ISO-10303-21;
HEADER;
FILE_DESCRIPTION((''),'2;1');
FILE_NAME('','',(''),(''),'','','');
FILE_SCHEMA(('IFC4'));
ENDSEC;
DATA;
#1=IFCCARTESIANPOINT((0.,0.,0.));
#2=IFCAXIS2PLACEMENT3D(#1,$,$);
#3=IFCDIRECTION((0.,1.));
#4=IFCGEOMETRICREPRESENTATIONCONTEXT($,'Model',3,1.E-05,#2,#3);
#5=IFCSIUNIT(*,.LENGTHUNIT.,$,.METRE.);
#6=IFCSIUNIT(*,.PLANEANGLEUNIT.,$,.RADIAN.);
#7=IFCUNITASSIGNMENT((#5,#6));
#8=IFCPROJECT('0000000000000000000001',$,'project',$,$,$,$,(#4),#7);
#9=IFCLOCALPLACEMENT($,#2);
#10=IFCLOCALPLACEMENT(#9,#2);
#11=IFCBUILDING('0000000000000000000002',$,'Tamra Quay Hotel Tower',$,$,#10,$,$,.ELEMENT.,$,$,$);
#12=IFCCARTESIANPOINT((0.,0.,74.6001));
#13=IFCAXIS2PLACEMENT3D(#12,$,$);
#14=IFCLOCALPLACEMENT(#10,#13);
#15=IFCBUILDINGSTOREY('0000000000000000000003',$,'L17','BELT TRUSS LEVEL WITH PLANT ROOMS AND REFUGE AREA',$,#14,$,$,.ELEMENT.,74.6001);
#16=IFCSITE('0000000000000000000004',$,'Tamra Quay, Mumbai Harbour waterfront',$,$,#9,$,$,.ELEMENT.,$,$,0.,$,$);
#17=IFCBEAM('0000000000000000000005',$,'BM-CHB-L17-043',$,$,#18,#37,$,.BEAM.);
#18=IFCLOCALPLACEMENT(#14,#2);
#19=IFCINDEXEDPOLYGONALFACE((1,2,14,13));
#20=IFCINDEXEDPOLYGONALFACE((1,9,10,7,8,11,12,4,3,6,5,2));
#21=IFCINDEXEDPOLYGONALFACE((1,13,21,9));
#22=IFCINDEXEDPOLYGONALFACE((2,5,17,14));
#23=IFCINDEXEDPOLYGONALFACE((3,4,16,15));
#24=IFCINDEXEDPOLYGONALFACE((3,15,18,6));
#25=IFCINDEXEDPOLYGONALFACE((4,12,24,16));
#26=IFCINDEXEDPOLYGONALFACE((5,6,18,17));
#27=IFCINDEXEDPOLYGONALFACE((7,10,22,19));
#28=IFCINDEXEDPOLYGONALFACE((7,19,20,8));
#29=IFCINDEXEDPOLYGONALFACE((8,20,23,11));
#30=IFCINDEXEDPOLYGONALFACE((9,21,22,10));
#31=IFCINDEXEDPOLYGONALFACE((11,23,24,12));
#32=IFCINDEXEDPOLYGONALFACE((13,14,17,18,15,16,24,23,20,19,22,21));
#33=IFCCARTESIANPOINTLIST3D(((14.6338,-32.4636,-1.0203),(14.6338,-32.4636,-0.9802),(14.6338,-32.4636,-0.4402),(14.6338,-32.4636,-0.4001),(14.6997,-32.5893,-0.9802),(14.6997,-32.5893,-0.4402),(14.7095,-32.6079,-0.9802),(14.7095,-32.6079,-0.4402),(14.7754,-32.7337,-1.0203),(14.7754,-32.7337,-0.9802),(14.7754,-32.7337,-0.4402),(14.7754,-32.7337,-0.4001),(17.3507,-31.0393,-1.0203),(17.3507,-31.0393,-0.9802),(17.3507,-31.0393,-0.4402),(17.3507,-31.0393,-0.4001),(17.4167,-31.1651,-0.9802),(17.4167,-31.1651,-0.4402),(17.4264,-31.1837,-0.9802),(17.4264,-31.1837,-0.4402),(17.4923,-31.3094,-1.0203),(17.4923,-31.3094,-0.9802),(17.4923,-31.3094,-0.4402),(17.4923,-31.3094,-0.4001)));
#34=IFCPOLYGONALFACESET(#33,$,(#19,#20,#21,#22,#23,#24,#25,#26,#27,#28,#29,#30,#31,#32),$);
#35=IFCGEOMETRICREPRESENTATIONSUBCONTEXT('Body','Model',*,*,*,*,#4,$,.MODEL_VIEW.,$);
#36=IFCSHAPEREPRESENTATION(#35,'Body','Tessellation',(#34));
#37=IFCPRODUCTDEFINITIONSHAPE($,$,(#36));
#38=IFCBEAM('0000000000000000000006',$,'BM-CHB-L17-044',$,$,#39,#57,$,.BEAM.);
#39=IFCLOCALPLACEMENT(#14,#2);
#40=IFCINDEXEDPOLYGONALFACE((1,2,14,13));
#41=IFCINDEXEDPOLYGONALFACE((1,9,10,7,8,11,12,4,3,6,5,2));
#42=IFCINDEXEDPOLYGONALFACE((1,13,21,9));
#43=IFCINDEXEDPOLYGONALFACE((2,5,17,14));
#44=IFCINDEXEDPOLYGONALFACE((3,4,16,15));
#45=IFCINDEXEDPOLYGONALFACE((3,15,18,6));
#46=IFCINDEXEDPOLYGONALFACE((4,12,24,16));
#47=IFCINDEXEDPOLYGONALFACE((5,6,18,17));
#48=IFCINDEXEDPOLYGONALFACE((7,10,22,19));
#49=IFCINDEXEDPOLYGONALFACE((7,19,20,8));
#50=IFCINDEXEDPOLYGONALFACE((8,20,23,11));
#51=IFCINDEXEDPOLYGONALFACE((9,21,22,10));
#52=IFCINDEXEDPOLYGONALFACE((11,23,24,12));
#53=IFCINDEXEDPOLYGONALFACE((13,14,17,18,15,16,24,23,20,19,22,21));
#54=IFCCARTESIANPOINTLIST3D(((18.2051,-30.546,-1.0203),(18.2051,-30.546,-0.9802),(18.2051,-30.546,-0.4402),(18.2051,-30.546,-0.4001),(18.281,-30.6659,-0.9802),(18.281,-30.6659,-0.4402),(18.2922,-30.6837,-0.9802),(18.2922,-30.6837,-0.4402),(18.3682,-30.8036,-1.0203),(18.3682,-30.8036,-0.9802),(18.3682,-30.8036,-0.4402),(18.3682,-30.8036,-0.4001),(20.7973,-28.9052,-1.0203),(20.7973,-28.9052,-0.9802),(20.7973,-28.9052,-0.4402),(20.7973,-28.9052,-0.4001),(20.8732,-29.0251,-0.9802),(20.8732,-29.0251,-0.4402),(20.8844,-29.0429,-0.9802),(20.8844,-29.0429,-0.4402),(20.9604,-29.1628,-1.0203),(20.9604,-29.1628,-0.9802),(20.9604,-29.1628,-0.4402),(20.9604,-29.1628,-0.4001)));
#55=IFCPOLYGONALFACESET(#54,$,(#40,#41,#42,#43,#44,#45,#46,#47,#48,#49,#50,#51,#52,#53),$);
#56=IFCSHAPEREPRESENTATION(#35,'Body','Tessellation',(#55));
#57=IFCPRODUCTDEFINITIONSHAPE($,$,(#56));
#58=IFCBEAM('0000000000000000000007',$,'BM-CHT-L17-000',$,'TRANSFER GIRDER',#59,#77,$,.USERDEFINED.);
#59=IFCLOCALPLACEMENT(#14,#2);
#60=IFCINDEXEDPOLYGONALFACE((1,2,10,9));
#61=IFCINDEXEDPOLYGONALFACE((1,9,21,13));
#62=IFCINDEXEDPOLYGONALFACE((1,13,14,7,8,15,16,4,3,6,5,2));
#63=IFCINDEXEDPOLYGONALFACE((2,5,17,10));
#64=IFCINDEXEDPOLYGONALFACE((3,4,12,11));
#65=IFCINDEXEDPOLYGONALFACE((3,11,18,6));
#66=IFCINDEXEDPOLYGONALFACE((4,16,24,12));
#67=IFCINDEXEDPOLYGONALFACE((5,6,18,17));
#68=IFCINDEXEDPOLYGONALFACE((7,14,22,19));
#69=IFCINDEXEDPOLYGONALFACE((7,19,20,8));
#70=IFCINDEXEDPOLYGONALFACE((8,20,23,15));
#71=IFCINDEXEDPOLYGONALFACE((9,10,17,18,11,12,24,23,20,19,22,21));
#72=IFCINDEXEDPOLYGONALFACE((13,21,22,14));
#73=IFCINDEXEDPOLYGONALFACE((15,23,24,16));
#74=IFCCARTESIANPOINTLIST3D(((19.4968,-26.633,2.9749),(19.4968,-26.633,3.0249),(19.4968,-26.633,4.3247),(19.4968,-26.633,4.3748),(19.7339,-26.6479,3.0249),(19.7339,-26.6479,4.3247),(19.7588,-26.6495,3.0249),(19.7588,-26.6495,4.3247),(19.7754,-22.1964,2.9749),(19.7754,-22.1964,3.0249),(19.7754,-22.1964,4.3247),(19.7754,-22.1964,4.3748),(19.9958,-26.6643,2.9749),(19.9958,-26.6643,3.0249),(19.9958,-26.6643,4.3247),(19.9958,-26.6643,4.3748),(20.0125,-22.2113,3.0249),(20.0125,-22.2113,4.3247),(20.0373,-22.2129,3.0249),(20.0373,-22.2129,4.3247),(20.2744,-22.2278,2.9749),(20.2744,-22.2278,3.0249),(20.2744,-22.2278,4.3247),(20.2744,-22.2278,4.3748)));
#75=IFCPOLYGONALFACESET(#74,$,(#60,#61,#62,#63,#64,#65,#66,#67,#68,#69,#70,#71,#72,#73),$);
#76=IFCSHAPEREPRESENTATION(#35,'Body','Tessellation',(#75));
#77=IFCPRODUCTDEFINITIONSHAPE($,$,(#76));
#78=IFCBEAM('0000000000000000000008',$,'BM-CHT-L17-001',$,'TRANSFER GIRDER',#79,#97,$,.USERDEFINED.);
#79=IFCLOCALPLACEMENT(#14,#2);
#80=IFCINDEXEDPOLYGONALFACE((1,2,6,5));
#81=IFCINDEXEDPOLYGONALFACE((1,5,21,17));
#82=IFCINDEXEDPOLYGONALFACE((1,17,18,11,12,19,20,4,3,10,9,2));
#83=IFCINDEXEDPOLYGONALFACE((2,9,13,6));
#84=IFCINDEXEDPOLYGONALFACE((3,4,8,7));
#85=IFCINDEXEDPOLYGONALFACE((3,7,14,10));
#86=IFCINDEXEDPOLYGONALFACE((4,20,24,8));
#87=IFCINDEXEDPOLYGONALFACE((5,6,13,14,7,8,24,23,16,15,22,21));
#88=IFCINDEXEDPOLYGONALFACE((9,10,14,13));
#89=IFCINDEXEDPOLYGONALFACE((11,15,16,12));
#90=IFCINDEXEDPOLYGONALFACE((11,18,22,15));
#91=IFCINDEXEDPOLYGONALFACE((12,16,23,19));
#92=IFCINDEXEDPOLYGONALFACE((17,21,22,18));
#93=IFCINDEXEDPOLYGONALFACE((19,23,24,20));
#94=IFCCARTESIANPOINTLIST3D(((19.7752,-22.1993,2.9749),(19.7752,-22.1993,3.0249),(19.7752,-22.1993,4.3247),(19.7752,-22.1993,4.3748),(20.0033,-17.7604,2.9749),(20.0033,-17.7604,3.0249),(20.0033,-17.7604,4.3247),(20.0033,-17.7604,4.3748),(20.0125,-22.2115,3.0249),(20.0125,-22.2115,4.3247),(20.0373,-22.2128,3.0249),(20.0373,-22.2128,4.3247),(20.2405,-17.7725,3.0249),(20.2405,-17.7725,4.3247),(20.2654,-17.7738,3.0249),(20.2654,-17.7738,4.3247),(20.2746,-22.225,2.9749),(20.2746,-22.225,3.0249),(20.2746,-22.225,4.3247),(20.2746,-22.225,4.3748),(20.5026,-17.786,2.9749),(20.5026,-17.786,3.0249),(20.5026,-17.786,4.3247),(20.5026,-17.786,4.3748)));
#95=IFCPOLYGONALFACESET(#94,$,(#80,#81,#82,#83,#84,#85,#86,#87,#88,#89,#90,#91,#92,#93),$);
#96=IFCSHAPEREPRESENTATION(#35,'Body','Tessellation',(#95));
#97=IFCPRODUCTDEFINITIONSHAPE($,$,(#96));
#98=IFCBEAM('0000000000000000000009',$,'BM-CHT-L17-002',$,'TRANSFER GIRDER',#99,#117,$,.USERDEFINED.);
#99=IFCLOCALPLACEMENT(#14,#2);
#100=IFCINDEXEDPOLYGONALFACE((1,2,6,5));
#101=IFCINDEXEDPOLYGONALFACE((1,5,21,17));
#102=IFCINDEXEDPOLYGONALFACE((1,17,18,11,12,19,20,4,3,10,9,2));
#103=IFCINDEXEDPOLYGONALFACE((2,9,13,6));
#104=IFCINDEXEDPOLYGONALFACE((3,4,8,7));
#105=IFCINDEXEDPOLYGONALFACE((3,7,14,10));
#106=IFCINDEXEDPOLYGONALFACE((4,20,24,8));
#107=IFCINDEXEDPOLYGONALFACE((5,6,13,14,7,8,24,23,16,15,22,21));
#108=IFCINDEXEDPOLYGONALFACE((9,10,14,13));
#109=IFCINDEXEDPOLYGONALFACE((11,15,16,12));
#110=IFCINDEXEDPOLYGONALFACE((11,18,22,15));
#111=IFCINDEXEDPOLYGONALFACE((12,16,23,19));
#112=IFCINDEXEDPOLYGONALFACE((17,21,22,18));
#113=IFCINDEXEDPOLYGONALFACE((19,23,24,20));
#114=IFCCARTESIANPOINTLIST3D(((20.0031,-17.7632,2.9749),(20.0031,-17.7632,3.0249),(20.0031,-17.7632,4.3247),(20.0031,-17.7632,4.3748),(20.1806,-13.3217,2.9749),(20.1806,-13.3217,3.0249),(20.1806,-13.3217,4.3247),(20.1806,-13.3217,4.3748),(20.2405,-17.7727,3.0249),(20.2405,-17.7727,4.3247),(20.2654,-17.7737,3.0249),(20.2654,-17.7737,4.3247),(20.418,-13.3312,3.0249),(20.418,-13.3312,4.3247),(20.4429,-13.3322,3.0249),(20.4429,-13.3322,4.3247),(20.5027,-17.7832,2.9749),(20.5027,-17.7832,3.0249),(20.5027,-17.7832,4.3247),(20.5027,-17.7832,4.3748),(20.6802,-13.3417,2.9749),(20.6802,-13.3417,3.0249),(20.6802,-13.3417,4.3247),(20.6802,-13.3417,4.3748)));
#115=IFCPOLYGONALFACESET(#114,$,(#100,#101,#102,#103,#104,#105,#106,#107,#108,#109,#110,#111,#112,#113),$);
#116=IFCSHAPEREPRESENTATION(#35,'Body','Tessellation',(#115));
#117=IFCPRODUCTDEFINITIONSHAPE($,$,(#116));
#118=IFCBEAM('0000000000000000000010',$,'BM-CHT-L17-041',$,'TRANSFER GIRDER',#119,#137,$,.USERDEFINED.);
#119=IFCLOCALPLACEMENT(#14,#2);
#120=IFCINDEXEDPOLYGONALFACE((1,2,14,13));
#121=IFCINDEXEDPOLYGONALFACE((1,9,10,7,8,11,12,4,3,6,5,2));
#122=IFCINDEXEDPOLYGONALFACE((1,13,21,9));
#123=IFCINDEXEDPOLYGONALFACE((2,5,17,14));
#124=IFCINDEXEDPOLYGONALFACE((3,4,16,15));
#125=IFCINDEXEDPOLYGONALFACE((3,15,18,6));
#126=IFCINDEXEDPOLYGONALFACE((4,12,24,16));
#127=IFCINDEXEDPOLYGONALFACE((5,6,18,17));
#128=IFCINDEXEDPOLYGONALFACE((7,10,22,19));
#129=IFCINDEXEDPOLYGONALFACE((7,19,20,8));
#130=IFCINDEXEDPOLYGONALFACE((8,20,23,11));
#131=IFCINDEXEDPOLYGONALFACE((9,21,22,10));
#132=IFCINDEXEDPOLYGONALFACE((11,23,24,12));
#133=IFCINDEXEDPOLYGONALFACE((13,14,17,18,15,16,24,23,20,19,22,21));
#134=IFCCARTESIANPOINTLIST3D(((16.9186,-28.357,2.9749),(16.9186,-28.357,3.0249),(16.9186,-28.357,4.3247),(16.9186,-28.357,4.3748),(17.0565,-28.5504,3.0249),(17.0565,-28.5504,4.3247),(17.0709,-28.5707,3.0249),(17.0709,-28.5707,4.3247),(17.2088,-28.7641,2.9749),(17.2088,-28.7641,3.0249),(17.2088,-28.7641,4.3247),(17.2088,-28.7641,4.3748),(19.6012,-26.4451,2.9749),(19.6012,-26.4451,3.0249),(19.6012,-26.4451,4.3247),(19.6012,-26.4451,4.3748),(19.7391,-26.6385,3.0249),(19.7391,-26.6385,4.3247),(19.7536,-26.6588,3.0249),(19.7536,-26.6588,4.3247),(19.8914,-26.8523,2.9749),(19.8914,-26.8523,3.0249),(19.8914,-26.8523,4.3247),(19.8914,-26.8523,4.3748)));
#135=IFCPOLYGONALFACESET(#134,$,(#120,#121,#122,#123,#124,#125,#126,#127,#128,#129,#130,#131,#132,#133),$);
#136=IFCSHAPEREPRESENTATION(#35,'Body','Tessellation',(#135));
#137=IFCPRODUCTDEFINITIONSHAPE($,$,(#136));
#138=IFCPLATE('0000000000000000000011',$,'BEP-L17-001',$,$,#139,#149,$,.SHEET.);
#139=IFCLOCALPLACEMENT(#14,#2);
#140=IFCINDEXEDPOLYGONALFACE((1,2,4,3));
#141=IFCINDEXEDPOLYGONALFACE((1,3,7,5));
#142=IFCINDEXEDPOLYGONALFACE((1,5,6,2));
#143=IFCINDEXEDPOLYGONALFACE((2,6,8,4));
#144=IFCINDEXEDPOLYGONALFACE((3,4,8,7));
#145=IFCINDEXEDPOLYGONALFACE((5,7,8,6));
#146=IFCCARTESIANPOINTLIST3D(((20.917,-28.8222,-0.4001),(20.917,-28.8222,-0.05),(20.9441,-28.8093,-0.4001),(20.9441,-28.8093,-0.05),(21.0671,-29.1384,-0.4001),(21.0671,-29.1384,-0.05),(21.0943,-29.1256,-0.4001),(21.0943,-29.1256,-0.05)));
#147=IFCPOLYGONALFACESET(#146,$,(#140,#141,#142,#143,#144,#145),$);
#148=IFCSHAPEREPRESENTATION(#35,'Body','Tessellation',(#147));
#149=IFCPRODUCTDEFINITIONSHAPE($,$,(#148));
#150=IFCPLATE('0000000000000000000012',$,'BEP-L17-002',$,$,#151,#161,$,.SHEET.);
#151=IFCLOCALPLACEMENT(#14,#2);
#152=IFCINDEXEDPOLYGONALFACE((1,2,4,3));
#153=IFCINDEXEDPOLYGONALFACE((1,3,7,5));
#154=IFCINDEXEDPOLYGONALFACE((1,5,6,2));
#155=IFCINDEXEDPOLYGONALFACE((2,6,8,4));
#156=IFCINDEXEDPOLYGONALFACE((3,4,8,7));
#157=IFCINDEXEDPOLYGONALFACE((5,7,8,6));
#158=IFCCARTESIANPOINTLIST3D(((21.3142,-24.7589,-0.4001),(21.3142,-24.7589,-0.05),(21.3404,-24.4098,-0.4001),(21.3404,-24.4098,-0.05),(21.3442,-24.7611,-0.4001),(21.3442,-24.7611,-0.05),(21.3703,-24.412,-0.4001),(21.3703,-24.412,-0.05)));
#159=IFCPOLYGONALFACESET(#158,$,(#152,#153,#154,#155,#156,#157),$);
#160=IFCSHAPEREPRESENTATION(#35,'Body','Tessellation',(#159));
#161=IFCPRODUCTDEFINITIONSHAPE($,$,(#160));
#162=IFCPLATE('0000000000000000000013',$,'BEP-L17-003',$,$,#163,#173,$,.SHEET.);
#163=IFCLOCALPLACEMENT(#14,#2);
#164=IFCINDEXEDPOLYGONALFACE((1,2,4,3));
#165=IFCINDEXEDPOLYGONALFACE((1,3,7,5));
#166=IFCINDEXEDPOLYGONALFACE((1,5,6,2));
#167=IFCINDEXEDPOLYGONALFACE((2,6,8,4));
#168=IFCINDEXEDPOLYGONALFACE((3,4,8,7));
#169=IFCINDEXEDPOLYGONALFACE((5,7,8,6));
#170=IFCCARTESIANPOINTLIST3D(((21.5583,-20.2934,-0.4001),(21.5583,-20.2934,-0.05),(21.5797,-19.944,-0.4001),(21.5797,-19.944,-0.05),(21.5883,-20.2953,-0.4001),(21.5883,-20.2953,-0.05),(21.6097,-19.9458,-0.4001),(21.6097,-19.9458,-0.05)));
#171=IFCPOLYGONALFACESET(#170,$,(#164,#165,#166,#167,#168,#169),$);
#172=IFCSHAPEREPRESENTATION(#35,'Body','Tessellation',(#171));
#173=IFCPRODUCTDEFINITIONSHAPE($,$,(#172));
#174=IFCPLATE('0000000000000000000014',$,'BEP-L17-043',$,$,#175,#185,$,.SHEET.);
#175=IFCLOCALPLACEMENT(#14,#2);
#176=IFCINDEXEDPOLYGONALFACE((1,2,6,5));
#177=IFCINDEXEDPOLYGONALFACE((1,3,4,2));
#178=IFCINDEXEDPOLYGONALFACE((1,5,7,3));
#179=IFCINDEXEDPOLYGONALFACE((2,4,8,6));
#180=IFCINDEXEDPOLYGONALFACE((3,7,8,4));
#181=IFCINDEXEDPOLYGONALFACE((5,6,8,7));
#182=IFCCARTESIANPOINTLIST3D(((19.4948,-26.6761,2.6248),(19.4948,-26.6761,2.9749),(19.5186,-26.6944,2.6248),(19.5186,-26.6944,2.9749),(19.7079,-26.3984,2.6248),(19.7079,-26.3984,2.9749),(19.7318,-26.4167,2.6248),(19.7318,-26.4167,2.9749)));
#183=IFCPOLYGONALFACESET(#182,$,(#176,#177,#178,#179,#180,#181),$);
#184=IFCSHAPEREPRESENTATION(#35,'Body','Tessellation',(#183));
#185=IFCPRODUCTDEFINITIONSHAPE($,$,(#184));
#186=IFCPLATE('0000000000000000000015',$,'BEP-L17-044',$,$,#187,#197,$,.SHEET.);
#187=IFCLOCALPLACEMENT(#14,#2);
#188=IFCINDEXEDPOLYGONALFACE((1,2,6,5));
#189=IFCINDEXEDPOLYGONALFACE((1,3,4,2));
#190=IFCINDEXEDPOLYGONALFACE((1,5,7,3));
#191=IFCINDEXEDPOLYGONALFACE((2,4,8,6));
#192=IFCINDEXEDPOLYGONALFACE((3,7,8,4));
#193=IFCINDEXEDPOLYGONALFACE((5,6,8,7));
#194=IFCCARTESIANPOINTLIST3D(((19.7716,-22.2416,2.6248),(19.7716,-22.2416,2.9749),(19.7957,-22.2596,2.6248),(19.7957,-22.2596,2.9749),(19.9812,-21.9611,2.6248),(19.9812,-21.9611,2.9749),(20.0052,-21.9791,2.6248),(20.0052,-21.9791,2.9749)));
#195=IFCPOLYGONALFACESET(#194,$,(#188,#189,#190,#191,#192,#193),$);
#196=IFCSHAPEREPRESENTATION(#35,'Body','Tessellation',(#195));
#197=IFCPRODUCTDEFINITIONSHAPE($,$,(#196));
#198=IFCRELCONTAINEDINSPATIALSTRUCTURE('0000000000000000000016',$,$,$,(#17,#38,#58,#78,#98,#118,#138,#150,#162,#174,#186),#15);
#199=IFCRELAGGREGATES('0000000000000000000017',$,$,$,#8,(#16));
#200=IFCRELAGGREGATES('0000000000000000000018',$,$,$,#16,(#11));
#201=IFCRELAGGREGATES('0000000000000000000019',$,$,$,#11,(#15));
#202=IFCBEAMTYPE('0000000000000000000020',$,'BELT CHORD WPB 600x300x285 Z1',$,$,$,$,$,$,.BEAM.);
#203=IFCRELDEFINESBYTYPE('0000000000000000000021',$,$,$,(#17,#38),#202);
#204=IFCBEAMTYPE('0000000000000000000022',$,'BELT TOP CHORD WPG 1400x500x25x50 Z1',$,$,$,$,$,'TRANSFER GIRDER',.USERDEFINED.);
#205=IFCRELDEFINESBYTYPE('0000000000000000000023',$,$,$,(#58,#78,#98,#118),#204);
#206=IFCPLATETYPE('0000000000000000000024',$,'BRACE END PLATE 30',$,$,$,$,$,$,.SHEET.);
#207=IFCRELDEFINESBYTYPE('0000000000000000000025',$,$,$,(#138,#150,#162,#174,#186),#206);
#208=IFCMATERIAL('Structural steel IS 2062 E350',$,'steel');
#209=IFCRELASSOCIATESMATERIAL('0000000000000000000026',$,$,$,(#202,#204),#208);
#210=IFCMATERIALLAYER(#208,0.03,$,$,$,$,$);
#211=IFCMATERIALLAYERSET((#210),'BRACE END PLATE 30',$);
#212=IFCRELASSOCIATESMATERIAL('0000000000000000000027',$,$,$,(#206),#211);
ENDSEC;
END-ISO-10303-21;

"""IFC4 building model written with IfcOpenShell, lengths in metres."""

from ifc_helpers import new_model, si_unit, direction, frame, origin, origin_2d, place, context, subcontext, project, spatial, rectangle, i_section, extrude, material, layer, layer_set, material_profile, profile_set, type_object, element, save


model = new_model("IFC4")

# Units and contexts
model_context = context("Model", 3, precision=1e-05, world=origin(), true_north=direction((0.0, 1.0)))
body_context = subcontext(model_context, "Body", "Model", "MODEL_VIEW")
ifc_project = project(units=[si_unit("LENGTHUNIT", "METRE"), si_unit("PLANEANGLEUNIT", "RADIAN")], contexts=[model_context])

# Site, building, storey
site_placement = place(None, origin())
site = spatial("IfcSite", under=ifc_project, at=site_placement, Name="Tamra Quay, Mumbai Harbour waterfront", CompositionType="ELEMENT", RefElevation=0.0)
building_placement = place(site_placement, origin())
building = spatial("IfcBuilding", under=site, at=building_placement, Name="Tamra Quay Hotel Tower", CompositionType="ELEMENT")
storey_placement = place(building_placement, frame((0.0, 0.0, 74.6001)))
storey = spatial("IfcBuildingStorey", under=building, at=storey_placement, Name="L17", Description="BELT TRUSS LEVEL WITH PLANT ROOMS AND REFUGE AREA", CompositionType="ELEMENT", Elevation=74.6001)

# Shared definitions
ifc_material_1 = material(Name="Structural steel IS 2062 E350", Category="steel")

# Beams
ifc_material_profile_1 = material_profile(ifc_material_1, i_section(OverallWidth=0.3049, OverallDepth=0.6201, WebThickness=0.021, FlangeThickness=0.04, at=origin_2d()), Name="WPB 600x300x285")
ifc_profile_set_1 = profile_set([ifc_material_profile_1], Name="Structural steel IS 2062 E350")
beam_type_1 = type_object("IfcBeamType", Name="BELT CHORD WPB 600x300x285 Z1", PredefinedType="BEAM", material=ifc_profile_set_1)
beam_1_placement = place(storey_placement, frame((14.7046, -32.5986, -0.7102), z_axis=(0.885684, 0.464289, 0.0), x_axis=(-0.464289, 0.885684, 0.0)))
element("IfcBeam", 1, at=beam_1_placement, inside=storey, type_object=beam_type_1, Name="BM-CHB-L17-043", PredefinedType="BEAM", context=body_context, shape_type="SweptSolid", body=[
    extrude(i_section(OverallWidth=0.3049, OverallDepth=0.6201, WebThickness=0.021, FlangeThickness=0.04, at=origin_2d()), origin(), (0.0, 0.0, 1.0), 3.0676),
])
beam_2_placement = place(storey_placement, frame((18.2866, -30.6748, -0.7102), z_axis=(0.844953, 0.53484, 0.0), x_axis=(-0.53484, 0.844953, 0.0)))
element("IfcBeam", 2, at=beam_2_placement, inside=storey, type_object=beam_type_1, Name="BM-CHB-L17-044", PredefinedType="BEAM", context=body_context, shape_type="SweptSolid", body=[
    extrude(i_section(OverallWidth=0.3049, OverallDepth=0.6201, WebThickness=0.021, FlangeThickness=0.04, at=origin_2d()), origin(), (0.0, 0.0, 1.0), 3.0679),
])
ifc_material_profile_2 = material_profile(ifc_material_1, i_section(OverallWidth=0.5, OverallDepth=1.3999, WebThickness=0.0249, FlangeThickness=0.05, at=origin_2d()), Name="WPG 1400x500x25x50")
ifc_profile_set_2 = profile_set([ifc_material_profile_2], Name="Structural steel IS 2062 E350")
beam_type_2 = type_object("IfcBeamType", Name="BELT TOP CHORD WPG 1400x500x25x50 Z1", ElementType="TRANSFER GIRDER", PredefinedType="USERDEFINED", material=ifc_profile_set_2)
beam_3_placement = place(storey_placement, frame((19.7463, -26.6487, 3.6748), z_axis=(0.062665, 0.998035, 0.0), x_axis=(-0.998035, 0.062665, 0.0)))
element("IfcBeam", 3, at=beam_3_placement, inside=storey, type_object=beam_type_2, Name="BM-CHT-L17-000", ObjectType="TRANSFER GIRDER", PredefinedType="USERDEFINED", context=body_context, shape_type="SweptSolid", body=[
    extrude(i_section(OverallWidth=0.5, OverallDepth=1.3999, WebThickness=0.0249, FlangeThickness=0.05, at=origin_2d()), origin(), (0.0, 0.0, 1.0), 4.4453),
])
beam_4_placement = place(storey_placement, frame((20.0249, -22.2122, 3.6748), z_axis=(0.051302, 0.998683, 0.0), x_axis=(-0.998683, 0.051302, 0.0)))
element("IfcBeam", 4, at=beam_4_placement, inside=storey, type_object=beam_type_2, Name="BM-CHT-L17-001", ObjectType="TRANSFER GIRDER", PredefinedType="USERDEFINED", context=body_context, shape_type="SweptSolid", body=[
    extrude(i_section(OverallWidth=0.5, OverallDepth=1.3999, WebThickness=0.0249, FlangeThickness=0.05, at=origin_2d()), origin(), (0.0, 0.0, 1.0), 4.4448),
])
beam_5_placement = place(storey_placement, frame((20.2529, -17.7732, 3.6748), z_axis=(0.039931, 0.999202, 0.0), x_axis=(-0.999202, 0.039931, 0.0)))
element("IfcBeam", 5, at=beam_5_placement, inside=storey, type_object=beam_type_2, Name="BM-CHT-L17-002", ObjectType="TRANSFER GIRDER", PredefinedType="USERDEFINED", context=body_context, shape_type="SweptSolid", body=[
    extrude(i_section(OverallWidth=0.5, OverallDepth=1.3999, WebThickness=0.0249, FlangeThickness=0.05, at=origin_2d()), origin(), (0.0, 0.0, 1.0), 4.4451),
])
beam_6_placement = place(storey_placement, frame((17.0637, -28.5605, 3.6748), z_axis=(0.814349, 0.580376, 0.0), x_axis=(-0.580376, 0.814349, 0.0)))
element("IfcBeam", 6, at=beam_6_placement, inside=storey, type_object=beam_type_2, Name="BM-CHT-L17-041", ObjectType="TRANSFER GIRDER", PredefinedType="USERDEFINED", context=body_context, shape_type="SweptSolid", body=[
    extrude(i_section(OverallWidth=0.5, OverallDepth=1.3999, WebThickness=0.0249, FlangeThickness=0.05, at=origin_2d()), origin(), (0.0, 0.0, 1.0), 3.2942),
])

# Plates
ifc_layer_1 = layer(ifc_material_1, 0.03)
ifc_layer_set_1 = layer_set([ifc_layer_1], Name="BRACE END PLATE 30")
plate_type = type_object("IfcPlateType", Name="BRACE END PLATE 30", PredefinedType="SHEET", material=ifc_layer_set_1)
for number, where, z_axis, x_axis, name in (
    (7, (21.0056, -28.9739, -0.4001), (0.0, 0.0, 1.0), (0.903324, 0.428959, 0.0), "BEP-L17-001"),
    (8, (21.3423, -24.5854, -0.4001), (0.0, 0.0, 1.0), (-0.997212, 0.074624, 0.0), "BEP-L17-002"),
    (9, (21.584, -20.1196, -0.4001), (0.0, 0.0, 1.0), (-0.998126, 0.061193, 0.0), "BEP-L17-003"),
    (10, (19.6133, -26.5464, 2.6248), (0.0, 0.0, 1.0), (-0.793282, 0.608854, 0.0), "BEP-L17-043"),
    (11, (19.8884, -22.1104, 2.6248), (0.0, 0.0, 1.0), (-0.801153, 0.59846, 0.0), "BEP-L17-044"),
):
    element("IfcPlate", number, at=place(storey_placement, frame(where, z_axis=z_axis, x_axis=x_axis)), inside=storey, type_object=plate_type, Name=name, PredefinedType="SHEET", context=body_context, shape_type="SweptSolid", body=[
        extrude(rectangle(XDim=0.03, YDim=0.3501, at=origin_2d()), origin(), (0.0, 0.0, 1.0), 0.3501),
    ])

save(model, "model.ifc")
